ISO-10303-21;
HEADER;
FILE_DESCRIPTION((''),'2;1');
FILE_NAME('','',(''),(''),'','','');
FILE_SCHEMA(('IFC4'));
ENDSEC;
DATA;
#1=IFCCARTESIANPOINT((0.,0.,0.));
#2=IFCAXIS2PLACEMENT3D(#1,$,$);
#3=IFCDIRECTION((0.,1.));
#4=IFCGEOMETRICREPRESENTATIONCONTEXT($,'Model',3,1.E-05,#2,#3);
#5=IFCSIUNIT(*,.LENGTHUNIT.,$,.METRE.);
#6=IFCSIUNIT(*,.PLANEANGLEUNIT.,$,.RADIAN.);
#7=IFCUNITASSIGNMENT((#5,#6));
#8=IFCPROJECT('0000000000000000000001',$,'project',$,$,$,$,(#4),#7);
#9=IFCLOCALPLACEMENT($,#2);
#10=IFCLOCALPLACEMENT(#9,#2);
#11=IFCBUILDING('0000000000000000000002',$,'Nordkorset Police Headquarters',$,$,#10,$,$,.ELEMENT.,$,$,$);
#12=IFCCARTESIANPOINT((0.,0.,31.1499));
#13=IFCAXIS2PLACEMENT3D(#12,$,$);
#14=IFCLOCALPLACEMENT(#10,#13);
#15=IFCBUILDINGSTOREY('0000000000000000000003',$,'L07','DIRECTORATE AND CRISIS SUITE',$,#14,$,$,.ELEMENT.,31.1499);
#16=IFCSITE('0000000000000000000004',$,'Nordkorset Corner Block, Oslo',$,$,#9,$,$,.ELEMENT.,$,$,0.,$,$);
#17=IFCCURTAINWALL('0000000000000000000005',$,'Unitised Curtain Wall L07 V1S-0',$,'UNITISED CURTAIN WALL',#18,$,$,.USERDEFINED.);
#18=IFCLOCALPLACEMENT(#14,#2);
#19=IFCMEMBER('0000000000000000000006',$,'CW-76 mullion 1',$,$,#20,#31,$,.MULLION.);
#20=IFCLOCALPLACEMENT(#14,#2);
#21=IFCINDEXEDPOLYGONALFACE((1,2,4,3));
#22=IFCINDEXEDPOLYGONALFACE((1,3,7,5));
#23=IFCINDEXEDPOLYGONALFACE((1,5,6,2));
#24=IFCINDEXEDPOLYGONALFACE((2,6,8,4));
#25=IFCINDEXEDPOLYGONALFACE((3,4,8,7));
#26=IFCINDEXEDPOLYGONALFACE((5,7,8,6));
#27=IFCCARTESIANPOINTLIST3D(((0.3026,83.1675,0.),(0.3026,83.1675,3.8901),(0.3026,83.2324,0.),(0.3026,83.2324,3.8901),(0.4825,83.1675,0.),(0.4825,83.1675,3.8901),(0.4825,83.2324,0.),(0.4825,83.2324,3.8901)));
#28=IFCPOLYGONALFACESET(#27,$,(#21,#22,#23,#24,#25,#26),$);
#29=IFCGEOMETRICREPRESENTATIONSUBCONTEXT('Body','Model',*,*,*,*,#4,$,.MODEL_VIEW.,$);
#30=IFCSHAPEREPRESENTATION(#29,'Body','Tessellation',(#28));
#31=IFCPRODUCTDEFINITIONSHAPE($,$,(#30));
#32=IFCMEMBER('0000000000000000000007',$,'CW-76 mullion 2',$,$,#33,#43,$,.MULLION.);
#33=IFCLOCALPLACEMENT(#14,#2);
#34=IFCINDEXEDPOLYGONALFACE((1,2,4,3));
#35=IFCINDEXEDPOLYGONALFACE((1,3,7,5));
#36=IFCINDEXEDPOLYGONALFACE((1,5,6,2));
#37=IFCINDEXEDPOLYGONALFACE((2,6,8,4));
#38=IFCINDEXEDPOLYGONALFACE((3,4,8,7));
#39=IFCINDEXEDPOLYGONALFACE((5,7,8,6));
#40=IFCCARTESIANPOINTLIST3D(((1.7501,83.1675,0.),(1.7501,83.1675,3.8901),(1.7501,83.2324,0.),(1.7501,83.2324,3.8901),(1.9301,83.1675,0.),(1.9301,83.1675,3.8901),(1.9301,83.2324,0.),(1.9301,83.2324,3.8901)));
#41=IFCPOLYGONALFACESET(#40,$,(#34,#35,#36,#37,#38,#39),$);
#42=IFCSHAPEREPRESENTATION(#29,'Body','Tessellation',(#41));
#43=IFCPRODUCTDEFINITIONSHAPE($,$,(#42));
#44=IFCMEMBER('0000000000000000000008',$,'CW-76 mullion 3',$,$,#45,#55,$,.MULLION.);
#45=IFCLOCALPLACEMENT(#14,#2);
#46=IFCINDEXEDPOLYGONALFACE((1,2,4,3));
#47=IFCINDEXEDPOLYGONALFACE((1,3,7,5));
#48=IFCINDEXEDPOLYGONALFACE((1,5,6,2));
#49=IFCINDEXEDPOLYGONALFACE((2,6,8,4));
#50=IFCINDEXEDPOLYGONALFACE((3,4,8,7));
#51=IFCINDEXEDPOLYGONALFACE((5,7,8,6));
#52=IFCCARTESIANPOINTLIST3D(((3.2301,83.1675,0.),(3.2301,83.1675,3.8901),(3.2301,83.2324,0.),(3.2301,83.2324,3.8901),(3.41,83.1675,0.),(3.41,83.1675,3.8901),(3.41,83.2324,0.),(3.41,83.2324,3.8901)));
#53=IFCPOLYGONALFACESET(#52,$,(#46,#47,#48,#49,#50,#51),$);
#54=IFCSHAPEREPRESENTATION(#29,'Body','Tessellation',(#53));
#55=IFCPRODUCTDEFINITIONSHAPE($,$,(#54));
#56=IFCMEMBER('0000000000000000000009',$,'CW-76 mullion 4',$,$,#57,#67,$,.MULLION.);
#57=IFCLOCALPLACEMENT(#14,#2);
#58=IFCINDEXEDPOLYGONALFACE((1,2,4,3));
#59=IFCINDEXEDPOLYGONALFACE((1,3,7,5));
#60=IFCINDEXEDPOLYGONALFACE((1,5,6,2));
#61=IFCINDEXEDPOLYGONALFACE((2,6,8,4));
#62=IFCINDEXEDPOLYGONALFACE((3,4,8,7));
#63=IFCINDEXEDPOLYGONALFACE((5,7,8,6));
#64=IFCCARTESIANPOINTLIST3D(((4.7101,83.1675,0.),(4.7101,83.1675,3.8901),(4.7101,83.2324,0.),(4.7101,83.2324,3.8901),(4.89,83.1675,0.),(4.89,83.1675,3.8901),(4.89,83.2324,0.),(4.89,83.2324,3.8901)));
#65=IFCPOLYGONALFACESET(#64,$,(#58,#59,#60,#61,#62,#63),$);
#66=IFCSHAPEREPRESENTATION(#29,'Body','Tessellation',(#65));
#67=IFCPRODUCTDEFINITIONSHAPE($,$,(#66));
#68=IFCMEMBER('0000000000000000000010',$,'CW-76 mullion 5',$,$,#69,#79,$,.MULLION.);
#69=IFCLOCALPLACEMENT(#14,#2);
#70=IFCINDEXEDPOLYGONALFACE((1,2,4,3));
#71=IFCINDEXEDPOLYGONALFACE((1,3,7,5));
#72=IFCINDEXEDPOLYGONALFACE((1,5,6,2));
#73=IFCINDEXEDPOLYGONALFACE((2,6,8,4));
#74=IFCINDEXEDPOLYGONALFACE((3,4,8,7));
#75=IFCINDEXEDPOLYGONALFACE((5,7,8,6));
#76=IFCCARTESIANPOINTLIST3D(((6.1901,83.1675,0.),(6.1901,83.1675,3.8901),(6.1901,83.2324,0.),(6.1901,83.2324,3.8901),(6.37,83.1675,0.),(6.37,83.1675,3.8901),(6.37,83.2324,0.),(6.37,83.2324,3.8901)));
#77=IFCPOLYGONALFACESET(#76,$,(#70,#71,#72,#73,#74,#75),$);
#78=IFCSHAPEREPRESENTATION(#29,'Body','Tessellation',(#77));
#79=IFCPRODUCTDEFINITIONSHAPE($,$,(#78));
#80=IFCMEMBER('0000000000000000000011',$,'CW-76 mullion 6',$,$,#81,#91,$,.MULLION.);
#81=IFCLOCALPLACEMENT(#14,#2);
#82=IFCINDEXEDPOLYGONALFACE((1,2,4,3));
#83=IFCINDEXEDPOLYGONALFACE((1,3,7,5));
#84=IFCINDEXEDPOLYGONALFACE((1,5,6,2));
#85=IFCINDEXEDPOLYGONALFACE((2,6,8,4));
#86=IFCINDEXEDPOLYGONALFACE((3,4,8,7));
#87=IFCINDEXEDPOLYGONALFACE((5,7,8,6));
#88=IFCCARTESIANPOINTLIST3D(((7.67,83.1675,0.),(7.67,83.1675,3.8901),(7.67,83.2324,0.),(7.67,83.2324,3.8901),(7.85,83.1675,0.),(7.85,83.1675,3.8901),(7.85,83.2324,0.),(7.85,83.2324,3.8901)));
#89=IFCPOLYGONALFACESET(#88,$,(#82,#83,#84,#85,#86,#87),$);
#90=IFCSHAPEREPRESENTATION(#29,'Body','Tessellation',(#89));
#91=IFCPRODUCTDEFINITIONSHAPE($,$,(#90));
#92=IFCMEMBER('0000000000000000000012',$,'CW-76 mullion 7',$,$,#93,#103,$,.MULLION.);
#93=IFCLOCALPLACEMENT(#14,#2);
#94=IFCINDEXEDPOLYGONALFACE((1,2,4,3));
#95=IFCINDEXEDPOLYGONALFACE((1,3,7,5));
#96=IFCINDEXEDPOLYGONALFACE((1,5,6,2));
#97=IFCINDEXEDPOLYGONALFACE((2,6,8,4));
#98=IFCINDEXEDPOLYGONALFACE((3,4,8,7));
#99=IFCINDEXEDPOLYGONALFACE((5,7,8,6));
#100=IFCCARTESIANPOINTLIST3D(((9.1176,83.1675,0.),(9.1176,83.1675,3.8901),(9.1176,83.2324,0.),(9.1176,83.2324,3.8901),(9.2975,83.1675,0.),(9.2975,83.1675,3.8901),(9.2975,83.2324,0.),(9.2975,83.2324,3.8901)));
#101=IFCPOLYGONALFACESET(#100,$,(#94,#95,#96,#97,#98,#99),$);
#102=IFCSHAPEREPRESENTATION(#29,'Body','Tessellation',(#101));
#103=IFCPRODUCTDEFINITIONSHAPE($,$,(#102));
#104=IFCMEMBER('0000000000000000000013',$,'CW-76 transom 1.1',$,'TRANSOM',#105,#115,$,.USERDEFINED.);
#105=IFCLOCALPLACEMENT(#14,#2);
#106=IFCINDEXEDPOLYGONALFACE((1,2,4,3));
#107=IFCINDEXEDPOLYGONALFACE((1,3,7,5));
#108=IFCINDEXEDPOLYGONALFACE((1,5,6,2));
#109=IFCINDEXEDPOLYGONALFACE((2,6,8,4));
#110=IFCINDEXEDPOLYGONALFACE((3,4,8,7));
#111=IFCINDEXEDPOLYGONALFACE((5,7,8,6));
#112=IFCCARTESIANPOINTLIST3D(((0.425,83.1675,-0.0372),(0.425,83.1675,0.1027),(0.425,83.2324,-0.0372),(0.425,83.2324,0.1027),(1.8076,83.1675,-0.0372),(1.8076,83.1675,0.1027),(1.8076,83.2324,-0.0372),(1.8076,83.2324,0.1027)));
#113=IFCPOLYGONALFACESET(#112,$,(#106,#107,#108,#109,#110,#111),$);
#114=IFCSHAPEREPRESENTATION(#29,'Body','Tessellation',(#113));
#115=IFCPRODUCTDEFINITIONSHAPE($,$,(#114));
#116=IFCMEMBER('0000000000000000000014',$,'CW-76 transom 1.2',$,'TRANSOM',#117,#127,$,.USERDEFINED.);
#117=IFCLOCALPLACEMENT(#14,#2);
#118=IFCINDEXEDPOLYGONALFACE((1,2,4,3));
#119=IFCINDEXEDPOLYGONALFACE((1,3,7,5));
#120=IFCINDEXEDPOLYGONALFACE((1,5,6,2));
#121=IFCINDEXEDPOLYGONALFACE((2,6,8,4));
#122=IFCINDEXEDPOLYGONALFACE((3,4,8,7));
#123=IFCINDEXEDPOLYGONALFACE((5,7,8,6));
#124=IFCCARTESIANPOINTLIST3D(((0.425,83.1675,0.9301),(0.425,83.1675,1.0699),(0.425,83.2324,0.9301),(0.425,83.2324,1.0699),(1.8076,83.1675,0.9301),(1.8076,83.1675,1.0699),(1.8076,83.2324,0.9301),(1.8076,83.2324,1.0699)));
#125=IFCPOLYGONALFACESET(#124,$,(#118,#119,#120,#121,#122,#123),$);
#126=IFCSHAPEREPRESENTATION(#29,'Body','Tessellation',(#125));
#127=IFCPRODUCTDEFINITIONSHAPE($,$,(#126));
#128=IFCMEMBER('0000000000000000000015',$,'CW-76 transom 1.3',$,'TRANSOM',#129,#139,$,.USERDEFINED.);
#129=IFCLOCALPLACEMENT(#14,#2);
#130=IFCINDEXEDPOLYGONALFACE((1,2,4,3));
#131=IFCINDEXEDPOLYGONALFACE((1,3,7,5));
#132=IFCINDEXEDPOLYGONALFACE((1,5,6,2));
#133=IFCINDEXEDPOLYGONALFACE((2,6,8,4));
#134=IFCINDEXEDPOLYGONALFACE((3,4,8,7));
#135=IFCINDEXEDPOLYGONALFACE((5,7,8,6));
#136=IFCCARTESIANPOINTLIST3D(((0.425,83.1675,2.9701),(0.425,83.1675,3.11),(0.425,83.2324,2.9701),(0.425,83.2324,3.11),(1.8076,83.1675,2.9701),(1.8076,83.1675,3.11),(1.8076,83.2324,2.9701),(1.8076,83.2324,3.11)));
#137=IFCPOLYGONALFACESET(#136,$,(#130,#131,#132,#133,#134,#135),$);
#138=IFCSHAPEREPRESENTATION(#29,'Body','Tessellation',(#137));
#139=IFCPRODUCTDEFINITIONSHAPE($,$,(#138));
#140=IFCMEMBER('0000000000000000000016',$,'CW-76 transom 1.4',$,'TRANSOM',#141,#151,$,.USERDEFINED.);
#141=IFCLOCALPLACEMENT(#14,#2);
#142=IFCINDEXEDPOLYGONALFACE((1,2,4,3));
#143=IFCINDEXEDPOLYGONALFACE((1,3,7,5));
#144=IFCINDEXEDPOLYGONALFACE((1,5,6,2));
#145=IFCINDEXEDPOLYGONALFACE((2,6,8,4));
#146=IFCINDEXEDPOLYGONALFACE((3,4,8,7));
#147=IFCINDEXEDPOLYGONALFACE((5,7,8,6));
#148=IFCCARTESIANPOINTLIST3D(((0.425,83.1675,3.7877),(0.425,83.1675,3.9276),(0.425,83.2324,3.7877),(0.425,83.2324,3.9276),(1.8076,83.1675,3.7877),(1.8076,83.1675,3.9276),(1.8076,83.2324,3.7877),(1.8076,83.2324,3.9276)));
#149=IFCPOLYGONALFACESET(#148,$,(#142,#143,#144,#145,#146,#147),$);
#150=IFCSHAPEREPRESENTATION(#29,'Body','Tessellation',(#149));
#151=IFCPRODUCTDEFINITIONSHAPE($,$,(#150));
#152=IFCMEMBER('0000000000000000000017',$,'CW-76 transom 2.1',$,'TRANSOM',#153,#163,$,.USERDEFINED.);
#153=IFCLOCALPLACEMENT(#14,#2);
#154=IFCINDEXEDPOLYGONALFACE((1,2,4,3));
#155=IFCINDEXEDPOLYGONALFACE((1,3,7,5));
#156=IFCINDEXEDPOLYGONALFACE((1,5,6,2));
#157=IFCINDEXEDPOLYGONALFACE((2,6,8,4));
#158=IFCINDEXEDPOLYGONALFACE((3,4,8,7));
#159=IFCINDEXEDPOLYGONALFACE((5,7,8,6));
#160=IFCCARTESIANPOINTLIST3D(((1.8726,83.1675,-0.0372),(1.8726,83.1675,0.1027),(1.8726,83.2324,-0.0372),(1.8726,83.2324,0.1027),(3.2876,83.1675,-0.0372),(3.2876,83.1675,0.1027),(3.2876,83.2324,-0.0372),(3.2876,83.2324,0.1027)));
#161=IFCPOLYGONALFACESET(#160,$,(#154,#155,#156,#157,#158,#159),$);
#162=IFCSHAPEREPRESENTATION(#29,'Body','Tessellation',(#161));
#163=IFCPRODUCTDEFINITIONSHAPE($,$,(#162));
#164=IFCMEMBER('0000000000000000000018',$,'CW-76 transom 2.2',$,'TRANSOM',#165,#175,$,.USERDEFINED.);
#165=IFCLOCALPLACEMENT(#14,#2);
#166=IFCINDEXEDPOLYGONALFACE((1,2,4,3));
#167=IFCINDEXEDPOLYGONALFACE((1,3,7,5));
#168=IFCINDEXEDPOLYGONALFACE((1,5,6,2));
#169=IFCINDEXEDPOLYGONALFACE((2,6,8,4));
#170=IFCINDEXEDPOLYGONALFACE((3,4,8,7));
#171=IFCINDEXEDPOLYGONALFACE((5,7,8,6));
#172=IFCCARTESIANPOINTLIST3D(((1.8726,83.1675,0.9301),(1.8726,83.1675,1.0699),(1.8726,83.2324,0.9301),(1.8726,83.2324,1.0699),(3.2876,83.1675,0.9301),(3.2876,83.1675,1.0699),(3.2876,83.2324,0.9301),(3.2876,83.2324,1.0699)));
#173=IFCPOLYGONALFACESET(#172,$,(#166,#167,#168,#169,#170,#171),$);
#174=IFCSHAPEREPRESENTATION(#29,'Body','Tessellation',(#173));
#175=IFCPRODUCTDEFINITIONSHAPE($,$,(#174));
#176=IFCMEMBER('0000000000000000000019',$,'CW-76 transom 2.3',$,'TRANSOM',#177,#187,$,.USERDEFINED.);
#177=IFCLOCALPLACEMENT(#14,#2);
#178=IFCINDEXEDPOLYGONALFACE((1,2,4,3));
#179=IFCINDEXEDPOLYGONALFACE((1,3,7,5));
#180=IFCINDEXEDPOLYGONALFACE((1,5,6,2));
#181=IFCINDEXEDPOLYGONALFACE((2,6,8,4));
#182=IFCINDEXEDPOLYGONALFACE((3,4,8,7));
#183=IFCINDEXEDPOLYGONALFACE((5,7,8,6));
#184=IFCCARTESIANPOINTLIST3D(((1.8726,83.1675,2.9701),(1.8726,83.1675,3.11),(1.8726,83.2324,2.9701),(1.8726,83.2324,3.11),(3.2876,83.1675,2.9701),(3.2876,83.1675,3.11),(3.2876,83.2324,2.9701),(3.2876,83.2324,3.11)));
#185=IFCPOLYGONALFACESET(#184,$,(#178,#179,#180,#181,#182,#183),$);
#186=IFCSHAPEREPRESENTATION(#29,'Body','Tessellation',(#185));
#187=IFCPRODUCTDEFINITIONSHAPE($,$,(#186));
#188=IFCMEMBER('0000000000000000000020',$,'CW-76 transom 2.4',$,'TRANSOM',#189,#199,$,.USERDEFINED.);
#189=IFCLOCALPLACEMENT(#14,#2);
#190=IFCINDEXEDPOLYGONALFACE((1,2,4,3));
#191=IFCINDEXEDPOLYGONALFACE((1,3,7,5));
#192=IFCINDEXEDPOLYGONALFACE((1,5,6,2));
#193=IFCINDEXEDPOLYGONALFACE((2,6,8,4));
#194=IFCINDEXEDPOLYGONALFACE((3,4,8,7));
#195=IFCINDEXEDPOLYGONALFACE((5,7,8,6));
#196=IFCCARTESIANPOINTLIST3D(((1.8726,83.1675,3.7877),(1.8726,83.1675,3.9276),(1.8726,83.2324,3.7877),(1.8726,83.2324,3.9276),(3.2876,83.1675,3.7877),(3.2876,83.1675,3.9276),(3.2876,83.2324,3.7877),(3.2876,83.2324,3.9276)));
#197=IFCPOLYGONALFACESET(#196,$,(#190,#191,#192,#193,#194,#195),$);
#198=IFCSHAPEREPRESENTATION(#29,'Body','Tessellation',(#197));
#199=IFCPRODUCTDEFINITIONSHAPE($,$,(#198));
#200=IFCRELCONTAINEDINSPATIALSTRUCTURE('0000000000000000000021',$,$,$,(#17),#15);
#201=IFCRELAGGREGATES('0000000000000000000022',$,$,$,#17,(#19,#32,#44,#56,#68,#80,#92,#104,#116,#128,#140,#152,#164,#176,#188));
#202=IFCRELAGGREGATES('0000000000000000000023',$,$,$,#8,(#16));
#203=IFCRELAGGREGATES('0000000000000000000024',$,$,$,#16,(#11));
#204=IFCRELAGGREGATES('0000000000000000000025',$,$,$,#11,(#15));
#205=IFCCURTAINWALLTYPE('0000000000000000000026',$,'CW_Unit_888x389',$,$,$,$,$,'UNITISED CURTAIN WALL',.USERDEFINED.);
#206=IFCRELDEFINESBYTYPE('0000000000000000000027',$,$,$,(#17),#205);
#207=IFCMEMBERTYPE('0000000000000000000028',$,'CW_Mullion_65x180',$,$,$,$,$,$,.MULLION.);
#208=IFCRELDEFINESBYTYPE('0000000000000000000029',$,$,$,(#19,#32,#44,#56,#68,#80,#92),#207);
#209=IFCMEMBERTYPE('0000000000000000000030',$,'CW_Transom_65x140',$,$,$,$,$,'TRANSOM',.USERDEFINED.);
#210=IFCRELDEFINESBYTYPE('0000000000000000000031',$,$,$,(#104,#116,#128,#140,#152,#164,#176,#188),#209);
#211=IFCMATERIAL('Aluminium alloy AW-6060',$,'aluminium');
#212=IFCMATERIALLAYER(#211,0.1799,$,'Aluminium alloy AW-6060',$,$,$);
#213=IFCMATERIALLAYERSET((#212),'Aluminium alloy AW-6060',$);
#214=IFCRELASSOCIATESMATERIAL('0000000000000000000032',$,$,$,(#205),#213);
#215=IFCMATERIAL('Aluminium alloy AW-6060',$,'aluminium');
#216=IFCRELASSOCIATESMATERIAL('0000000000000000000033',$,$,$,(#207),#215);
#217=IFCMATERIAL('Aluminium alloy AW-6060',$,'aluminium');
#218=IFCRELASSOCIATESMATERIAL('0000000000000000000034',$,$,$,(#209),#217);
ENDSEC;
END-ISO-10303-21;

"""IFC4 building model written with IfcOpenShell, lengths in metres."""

from ifc_helpers import new_model, si_unit, direction, frame, origin, origin_2d, place, context, subcontext, project, spatial, rectangle, extrude, material, layer, layer_set, material_profile, profile_set, type_object, element, aggregate, save


model = new_model("IFC4")

# Units and contexts
model_context = context("Model", 3, precision=1e-05, world=origin(), true_north=direction((0.0, 1.0)))
body_context = subcontext(model_context, "Body", "Model", "MODEL_VIEW")
ifc_project = project(units=[si_unit("LENGTHUNIT", "METRE"), si_unit("PLANEANGLEUNIT", "RADIAN")], contexts=[model_context])

# Site, building, storey
site_placement = place(None, origin())
site = spatial("IfcSite", under=ifc_project, at=site_placement, Name="Nordkorset Corner Block, Oslo", CompositionType="ELEMENT", RefElevation=0.0)
building_placement = place(site_placement, origin())
building = spatial("IfcBuilding", under=site, at=building_placement, Name="Nordkorset Police Headquarters", CompositionType="ELEMENT")
storey_placement = place(building_placement, frame((0.0, 0.0, 31.1499)))
storey = spatial("IfcBuildingStorey", under=building, at=storey_placement, Name="L07", Description="DIRECTORATE AND CRISIS SUITE", CompositionType="ELEMENT", Elevation=31.1499)

# Curtain wall, members
ifc_material_1 = material(Name="Aluminium alloy AW-6060", Category="aluminium")
ifc_layer_1 = layer(ifc_material_1, 0.1799, Name="Aluminium alloy AW-6060")
ifc_layer_set_1 = layer_set([ifc_layer_1], Name="Aluminium alloy AW-6060")
curtain_wall_type = type_object("IfcCurtainWallType", Name="CW_Unit_888x389", ElementType="UNITISED CURTAIN WALL", PredefinedType="USERDEFINED", material=ifc_layer_set_1)
curtain_wall_placement = place(storey_placement, origin())
curtain_wall = element("IfcCurtainWall", 1, at=curtain_wall_placement, inside=storey, type_object=curtain_wall_type, Name="Unitised Curtain Wall L07 V1S-0", ObjectType="UNITISED CURTAIN WALL", PredefinedType="USERDEFINED")
ifc_material_2 = material(Name="Aluminium alloy AW-6060", Category="aluminium")
ifc_material_profile_1 = material_profile(ifc_material_2, rectangle(XDim=0.0649, YDim=0.1799, at=origin_2d()), Name="ALU MULL 65x180")
ifc_profile_set_1 = profile_set([ifc_material_profile_1], Name="Aluminium alloy AW-6060")
member_type_1 = type_object("IfcMemberType", Name="CW_Mullion_65x180", PredefinedType="MULLION", material=ifc_profile_set_1)
member_1_placement = place(storey_placement, frame((0.3926, 83.2, 0.0), z_axis=(0.0, 0.0, 1.0), x_axis=(0.0, 1.0, 0.0)))
member_1 = element("IfcMember", 2, at=member_1_placement, type_object=member_type_1, Name="CW-76 mullion 1", PredefinedType="MULLION", context=body_context, shape_type="SweptSolid", body=[
    extrude(rectangle(XDim=0.0649, YDim=0.1799, at=origin_2d()), origin(), (0.0, 0.0, 1.0), 3.8901),
])
member_2_placement = place(storey_placement, frame((1.8401, 83.2, 0.0), z_axis=(0.0, 0.0, 1.0), x_axis=(0.0, 1.0, 0.0)))
member_2 = element("IfcMember", 3, at=member_2_placement, type_object=member_type_1, Name="CW-76 mullion 2", PredefinedType="MULLION", context=body_context, shape_type="SweptSolid", body=[
    extrude(rectangle(XDim=0.0649, YDim=0.1799, at=origin_2d()), origin(), (0.0, 0.0, 1.0), 3.8901),
])
member_3_placement = place(storey_placement, frame((3.3201, 83.2, 0.0), z_axis=(0.0, 0.0, 1.0), x_axis=(0.0, 1.0, 0.0)))
member_3 = element("IfcMember", 4, at=member_3_placement, type_object=member_type_1, Name="CW-76 mullion 3", PredefinedType="MULLION", context=body_context, shape_type="SweptSolid", body=[
    extrude(rectangle(XDim=0.0649, YDim=0.1799, at=origin_2d()), origin(), (0.0, 0.0, 1.0), 3.8901),
])
member_4_placement = place(storey_placement, frame((4.8, 83.2, 0.0), z_axis=(0.0, 0.0, 1.0), x_axis=(0.0, 1.0, 0.0)))
member_4 = element("IfcMember", 5, at=member_4_placement, type_object=member_type_1, Name="CW-76 mullion 4", PredefinedType="MULLION", context=body_context, shape_type="SweptSolid", body=[
    extrude(rectangle(XDim=0.0649, YDim=0.1799, at=origin_2d()), origin(), (0.0, 0.0, 1.0), 3.8901),
])
member_5_placement = place(storey_placement, frame((6.28, 83.2, 0.0), z_axis=(0.0, 0.0, 1.0), x_axis=(0.0, 1.0, 0.0)))
member_5 = element("IfcMember", 6, at=member_5_placement, type_object=member_type_1, Name="CW-76 mullion 5", PredefinedType="MULLION", context=body_context, shape_type="SweptSolid", body=[
    extrude(rectangle(XDim=0.0649, YDim=0.1799, at=origin_2d()), origin(), (0.0, 0.0, 1.0), 3.8901),
])
member_6_placement = place(storey_placement, frame((7.76, 83.2, 0.0), z_axis=(0.0, 0.0, 1.0), x_axis=(0.0, 1.0, 0.0)))
member_6 = element("IfcMember", 7, at=member_6_placement, type_object=member_type_1, Name="CW-76 mullion 6", PredefinedType="MULLION", context=body_context, shape_type="SweptSolid", body=[
    extrude(rectangle(XDim=0.0649, YDim=0.1799, at=origin_2d()), origin(), (0.0, 0.0, 1.0), 3.8901),
])
member_7_placement = place(storey_placement, frame((9.2075, 83.2, 0.0), z_axis=(0.0, 0.0, 1.0), x_axis=(0.0, 1.0, 0.0)))
member_7 = element("IfcMember", 8, at=member_7_placement, type_object=member_type_1, Name="CW-76 mullion 7", PredefinedType="MULLION", context=body_context, shape_type="SweptSolid", body=[
    extrude(rectangle(XDim=0.0649, YDim=0.1799, at=origin_2d()), origin(), (0.0, 0.0, 1.0), 3.8901),
])
ifc_material_3 = material(Name="Aluminium alloy AW-6060", Category="aluminium")
ifc_material_profile_2 = material_profile(ifc_material_3, rectangle(XDim=0.0649, YDim=0.1399, at=origin_2d()), Name="ALU TRAN 65x140")
ifc_profile_set_2 = profile_set([ifc_material_profile_2], Name="Aluminium alloy AW-6060")
member_type_2 = type_object("IfcMemberType", Name="CW_Transom_65x140", ElementType="TRANSOM", PredefinedType="USERDEFINED", material=ifc_profile_set_2)
member_8_placement = place(storey_placement, frame((0.425, 83.2, 0.0327), z_axis=(1.0, 0.0, 0.0), x_axis=(0.0, 1.0, 0.0)))
member_8 = element("IfcMember", 9, at=member_8_placement, type_object=member_type_2, Name="CW-76 transom 1.1", ObjectType="TRANSOM", PredefinedType="USERDEFINED", context=body_context, shape_type="SweptSolid", body=[
    extrude(rectangle(XDim=0.0649, YDim=0.1399, at=origin_2d()), origin(), (0.0, 0.0, 1.0), 1.3826),
])
member_9_placement = place(storey_placement, frame((0.425, 83.2, 1.0), z_axis=(1.0, 0.0, 0.0), x_axis=(0.0, 1.0, 0.0)))
member_9 = element("IfcMember", 10, at=member_9_placement, type_object=member_type_2, Name="CW-76 transom 1.2", ObjectType="TRANSOM", PredefinedType="USERDEFINED", context=body_context, shape_type="SweptSolid", body=[
    extrude(rectangle(XDim=0.0649, YDim=0.1399, at=origin_2d()), origin(), (0.0, 0.0, 1.0), 1.3826),
])
member_10_placement = place(storey_placement, frame((0.425, 83.2, 3.04), z_axis=(1.0, 0.0, 0.0), x_axis=(0.0, 1.0, 0.0)))
member_10 = element("IfcMember", 11, at=member_10_placement, type_object=member_type_2, Name="CW-76 transom 1.3", ObjectType="TRANSOM", PredefinedType="USERDEFINED", context=body_context, shape_type="SweptSolid", body=[
    extrude(rectangle(XDim=0.0649, YDim=0.1399, at=origin_2d()), origin(), (0.0, 0.0, 1.0), 1.3826),
])
member_11_placement = place(storey_placement, frame((0.425, 83.2, 3.8577), z_axis=(1.0, 0.0, 0.0), x_axis=(0.0, 1.0, 0.0)))
member_11 = element("IfcMember", 12, at=member_11_placement, type_object=member_type_2, Name="CW-76 transom 1.4", ObjectType="TRANSOM", PredefinedType="USERDEFINED", context=body_context, shape_type="SweptSolid", body=[
    extrude(rectangle(XDim=0.0649, YDim=0.1399, at=origin_2d()), origin(), (0.0, 0.0, 1.0), 1.3826),
])
member_12_placement = place(storey_placement, frame((1.8726, 83.2, 0.0327), z_axis=(1.0, 0.0, 0.0), x_axis=(0.0, 1.0, 0.0)))
member_12 = element("IfcMember", 13, at=member_12_placement, type_object=member_type_2, Name="CW-76 transom 2.1", ObjectType="TRANSOM", PredefinedType="USERDEFINED", context=body_context, shape_type="SweptSolid", body=[
    extrude(rectangle(XDim=0.0649, YDim=0.1399, at=origin_2d()), origin(), (0.0, 0.0, 1.0), 1.415),
])
member_13_placement = place(storey_placement, frame((1.8726, 83.2, 1.0), z_axis=(1.0, 0.0, 0.0), x_axis=(0.0, 1.0, 0.0)))
member_13 = element("IfcMember", 14, at=member_13_placement, type_object=member_type_2, Name="CW-76 transom 2.2", ObjectType="TRANSOM", PredefinedType="USERDEFINED", context=body_context, shape_type="SweptSolid", body=[
    extrude(rectangle(XDim=0.0649, YDim=0.1399, at=origin_2d()), origin(), (0.0, 0.0, 1.0), 1.415),
])
member_14_placement = place(storey_placement, frame((1.8726, 83.2, 3.04), z_axis=(1.0, 0.0, 0.0), x_axis=(0.0, 1.0, 0.0)))
member_14 = element("IfcMember", 15, at=member_14_placement, type_object=member_type_2, Name="CW-76 transom 2.3", ObjectType="TRANSOM", PredefinedType="USERDEFINED", context=body_context, shape_type="SweptSolid", body=[
    extrude(rectangle(XDim=0.0649, YDim=0.1399, at=origin_2d()), origin(), (0.0, 0.0, 1.0), 1.415),
])
member_15_placement = place(storey_placement, frame((1.8726, 83.2, 3.8577), z_axis=(1.0, 0.0, 0.0), x_axis=(0.0, 1.0, 0.0)))
member_15 = element("IfcMember", 16, at=member_15_placement, type_object=member_type_2, Name="CW-76 transom 2.4", ObjectType="TRANSOM", PredefinedType="USERDEFINED", context=body_context, shape_type="SweptSolid", body=[
    extrude(rectangle(XDim=0.0649, YDim=0.1399, at=origin_2d()), origin(), (0.0, 0.0, 1.0), 1.415),
])

aggregate(curtain_wall, [member_1, member_2, member_3, member_4, member_5, member_6, member_7, member_8, member_9, member_10, member_11, member_12, member_13, member_14, member_15])

save(model, "model.ifc")
